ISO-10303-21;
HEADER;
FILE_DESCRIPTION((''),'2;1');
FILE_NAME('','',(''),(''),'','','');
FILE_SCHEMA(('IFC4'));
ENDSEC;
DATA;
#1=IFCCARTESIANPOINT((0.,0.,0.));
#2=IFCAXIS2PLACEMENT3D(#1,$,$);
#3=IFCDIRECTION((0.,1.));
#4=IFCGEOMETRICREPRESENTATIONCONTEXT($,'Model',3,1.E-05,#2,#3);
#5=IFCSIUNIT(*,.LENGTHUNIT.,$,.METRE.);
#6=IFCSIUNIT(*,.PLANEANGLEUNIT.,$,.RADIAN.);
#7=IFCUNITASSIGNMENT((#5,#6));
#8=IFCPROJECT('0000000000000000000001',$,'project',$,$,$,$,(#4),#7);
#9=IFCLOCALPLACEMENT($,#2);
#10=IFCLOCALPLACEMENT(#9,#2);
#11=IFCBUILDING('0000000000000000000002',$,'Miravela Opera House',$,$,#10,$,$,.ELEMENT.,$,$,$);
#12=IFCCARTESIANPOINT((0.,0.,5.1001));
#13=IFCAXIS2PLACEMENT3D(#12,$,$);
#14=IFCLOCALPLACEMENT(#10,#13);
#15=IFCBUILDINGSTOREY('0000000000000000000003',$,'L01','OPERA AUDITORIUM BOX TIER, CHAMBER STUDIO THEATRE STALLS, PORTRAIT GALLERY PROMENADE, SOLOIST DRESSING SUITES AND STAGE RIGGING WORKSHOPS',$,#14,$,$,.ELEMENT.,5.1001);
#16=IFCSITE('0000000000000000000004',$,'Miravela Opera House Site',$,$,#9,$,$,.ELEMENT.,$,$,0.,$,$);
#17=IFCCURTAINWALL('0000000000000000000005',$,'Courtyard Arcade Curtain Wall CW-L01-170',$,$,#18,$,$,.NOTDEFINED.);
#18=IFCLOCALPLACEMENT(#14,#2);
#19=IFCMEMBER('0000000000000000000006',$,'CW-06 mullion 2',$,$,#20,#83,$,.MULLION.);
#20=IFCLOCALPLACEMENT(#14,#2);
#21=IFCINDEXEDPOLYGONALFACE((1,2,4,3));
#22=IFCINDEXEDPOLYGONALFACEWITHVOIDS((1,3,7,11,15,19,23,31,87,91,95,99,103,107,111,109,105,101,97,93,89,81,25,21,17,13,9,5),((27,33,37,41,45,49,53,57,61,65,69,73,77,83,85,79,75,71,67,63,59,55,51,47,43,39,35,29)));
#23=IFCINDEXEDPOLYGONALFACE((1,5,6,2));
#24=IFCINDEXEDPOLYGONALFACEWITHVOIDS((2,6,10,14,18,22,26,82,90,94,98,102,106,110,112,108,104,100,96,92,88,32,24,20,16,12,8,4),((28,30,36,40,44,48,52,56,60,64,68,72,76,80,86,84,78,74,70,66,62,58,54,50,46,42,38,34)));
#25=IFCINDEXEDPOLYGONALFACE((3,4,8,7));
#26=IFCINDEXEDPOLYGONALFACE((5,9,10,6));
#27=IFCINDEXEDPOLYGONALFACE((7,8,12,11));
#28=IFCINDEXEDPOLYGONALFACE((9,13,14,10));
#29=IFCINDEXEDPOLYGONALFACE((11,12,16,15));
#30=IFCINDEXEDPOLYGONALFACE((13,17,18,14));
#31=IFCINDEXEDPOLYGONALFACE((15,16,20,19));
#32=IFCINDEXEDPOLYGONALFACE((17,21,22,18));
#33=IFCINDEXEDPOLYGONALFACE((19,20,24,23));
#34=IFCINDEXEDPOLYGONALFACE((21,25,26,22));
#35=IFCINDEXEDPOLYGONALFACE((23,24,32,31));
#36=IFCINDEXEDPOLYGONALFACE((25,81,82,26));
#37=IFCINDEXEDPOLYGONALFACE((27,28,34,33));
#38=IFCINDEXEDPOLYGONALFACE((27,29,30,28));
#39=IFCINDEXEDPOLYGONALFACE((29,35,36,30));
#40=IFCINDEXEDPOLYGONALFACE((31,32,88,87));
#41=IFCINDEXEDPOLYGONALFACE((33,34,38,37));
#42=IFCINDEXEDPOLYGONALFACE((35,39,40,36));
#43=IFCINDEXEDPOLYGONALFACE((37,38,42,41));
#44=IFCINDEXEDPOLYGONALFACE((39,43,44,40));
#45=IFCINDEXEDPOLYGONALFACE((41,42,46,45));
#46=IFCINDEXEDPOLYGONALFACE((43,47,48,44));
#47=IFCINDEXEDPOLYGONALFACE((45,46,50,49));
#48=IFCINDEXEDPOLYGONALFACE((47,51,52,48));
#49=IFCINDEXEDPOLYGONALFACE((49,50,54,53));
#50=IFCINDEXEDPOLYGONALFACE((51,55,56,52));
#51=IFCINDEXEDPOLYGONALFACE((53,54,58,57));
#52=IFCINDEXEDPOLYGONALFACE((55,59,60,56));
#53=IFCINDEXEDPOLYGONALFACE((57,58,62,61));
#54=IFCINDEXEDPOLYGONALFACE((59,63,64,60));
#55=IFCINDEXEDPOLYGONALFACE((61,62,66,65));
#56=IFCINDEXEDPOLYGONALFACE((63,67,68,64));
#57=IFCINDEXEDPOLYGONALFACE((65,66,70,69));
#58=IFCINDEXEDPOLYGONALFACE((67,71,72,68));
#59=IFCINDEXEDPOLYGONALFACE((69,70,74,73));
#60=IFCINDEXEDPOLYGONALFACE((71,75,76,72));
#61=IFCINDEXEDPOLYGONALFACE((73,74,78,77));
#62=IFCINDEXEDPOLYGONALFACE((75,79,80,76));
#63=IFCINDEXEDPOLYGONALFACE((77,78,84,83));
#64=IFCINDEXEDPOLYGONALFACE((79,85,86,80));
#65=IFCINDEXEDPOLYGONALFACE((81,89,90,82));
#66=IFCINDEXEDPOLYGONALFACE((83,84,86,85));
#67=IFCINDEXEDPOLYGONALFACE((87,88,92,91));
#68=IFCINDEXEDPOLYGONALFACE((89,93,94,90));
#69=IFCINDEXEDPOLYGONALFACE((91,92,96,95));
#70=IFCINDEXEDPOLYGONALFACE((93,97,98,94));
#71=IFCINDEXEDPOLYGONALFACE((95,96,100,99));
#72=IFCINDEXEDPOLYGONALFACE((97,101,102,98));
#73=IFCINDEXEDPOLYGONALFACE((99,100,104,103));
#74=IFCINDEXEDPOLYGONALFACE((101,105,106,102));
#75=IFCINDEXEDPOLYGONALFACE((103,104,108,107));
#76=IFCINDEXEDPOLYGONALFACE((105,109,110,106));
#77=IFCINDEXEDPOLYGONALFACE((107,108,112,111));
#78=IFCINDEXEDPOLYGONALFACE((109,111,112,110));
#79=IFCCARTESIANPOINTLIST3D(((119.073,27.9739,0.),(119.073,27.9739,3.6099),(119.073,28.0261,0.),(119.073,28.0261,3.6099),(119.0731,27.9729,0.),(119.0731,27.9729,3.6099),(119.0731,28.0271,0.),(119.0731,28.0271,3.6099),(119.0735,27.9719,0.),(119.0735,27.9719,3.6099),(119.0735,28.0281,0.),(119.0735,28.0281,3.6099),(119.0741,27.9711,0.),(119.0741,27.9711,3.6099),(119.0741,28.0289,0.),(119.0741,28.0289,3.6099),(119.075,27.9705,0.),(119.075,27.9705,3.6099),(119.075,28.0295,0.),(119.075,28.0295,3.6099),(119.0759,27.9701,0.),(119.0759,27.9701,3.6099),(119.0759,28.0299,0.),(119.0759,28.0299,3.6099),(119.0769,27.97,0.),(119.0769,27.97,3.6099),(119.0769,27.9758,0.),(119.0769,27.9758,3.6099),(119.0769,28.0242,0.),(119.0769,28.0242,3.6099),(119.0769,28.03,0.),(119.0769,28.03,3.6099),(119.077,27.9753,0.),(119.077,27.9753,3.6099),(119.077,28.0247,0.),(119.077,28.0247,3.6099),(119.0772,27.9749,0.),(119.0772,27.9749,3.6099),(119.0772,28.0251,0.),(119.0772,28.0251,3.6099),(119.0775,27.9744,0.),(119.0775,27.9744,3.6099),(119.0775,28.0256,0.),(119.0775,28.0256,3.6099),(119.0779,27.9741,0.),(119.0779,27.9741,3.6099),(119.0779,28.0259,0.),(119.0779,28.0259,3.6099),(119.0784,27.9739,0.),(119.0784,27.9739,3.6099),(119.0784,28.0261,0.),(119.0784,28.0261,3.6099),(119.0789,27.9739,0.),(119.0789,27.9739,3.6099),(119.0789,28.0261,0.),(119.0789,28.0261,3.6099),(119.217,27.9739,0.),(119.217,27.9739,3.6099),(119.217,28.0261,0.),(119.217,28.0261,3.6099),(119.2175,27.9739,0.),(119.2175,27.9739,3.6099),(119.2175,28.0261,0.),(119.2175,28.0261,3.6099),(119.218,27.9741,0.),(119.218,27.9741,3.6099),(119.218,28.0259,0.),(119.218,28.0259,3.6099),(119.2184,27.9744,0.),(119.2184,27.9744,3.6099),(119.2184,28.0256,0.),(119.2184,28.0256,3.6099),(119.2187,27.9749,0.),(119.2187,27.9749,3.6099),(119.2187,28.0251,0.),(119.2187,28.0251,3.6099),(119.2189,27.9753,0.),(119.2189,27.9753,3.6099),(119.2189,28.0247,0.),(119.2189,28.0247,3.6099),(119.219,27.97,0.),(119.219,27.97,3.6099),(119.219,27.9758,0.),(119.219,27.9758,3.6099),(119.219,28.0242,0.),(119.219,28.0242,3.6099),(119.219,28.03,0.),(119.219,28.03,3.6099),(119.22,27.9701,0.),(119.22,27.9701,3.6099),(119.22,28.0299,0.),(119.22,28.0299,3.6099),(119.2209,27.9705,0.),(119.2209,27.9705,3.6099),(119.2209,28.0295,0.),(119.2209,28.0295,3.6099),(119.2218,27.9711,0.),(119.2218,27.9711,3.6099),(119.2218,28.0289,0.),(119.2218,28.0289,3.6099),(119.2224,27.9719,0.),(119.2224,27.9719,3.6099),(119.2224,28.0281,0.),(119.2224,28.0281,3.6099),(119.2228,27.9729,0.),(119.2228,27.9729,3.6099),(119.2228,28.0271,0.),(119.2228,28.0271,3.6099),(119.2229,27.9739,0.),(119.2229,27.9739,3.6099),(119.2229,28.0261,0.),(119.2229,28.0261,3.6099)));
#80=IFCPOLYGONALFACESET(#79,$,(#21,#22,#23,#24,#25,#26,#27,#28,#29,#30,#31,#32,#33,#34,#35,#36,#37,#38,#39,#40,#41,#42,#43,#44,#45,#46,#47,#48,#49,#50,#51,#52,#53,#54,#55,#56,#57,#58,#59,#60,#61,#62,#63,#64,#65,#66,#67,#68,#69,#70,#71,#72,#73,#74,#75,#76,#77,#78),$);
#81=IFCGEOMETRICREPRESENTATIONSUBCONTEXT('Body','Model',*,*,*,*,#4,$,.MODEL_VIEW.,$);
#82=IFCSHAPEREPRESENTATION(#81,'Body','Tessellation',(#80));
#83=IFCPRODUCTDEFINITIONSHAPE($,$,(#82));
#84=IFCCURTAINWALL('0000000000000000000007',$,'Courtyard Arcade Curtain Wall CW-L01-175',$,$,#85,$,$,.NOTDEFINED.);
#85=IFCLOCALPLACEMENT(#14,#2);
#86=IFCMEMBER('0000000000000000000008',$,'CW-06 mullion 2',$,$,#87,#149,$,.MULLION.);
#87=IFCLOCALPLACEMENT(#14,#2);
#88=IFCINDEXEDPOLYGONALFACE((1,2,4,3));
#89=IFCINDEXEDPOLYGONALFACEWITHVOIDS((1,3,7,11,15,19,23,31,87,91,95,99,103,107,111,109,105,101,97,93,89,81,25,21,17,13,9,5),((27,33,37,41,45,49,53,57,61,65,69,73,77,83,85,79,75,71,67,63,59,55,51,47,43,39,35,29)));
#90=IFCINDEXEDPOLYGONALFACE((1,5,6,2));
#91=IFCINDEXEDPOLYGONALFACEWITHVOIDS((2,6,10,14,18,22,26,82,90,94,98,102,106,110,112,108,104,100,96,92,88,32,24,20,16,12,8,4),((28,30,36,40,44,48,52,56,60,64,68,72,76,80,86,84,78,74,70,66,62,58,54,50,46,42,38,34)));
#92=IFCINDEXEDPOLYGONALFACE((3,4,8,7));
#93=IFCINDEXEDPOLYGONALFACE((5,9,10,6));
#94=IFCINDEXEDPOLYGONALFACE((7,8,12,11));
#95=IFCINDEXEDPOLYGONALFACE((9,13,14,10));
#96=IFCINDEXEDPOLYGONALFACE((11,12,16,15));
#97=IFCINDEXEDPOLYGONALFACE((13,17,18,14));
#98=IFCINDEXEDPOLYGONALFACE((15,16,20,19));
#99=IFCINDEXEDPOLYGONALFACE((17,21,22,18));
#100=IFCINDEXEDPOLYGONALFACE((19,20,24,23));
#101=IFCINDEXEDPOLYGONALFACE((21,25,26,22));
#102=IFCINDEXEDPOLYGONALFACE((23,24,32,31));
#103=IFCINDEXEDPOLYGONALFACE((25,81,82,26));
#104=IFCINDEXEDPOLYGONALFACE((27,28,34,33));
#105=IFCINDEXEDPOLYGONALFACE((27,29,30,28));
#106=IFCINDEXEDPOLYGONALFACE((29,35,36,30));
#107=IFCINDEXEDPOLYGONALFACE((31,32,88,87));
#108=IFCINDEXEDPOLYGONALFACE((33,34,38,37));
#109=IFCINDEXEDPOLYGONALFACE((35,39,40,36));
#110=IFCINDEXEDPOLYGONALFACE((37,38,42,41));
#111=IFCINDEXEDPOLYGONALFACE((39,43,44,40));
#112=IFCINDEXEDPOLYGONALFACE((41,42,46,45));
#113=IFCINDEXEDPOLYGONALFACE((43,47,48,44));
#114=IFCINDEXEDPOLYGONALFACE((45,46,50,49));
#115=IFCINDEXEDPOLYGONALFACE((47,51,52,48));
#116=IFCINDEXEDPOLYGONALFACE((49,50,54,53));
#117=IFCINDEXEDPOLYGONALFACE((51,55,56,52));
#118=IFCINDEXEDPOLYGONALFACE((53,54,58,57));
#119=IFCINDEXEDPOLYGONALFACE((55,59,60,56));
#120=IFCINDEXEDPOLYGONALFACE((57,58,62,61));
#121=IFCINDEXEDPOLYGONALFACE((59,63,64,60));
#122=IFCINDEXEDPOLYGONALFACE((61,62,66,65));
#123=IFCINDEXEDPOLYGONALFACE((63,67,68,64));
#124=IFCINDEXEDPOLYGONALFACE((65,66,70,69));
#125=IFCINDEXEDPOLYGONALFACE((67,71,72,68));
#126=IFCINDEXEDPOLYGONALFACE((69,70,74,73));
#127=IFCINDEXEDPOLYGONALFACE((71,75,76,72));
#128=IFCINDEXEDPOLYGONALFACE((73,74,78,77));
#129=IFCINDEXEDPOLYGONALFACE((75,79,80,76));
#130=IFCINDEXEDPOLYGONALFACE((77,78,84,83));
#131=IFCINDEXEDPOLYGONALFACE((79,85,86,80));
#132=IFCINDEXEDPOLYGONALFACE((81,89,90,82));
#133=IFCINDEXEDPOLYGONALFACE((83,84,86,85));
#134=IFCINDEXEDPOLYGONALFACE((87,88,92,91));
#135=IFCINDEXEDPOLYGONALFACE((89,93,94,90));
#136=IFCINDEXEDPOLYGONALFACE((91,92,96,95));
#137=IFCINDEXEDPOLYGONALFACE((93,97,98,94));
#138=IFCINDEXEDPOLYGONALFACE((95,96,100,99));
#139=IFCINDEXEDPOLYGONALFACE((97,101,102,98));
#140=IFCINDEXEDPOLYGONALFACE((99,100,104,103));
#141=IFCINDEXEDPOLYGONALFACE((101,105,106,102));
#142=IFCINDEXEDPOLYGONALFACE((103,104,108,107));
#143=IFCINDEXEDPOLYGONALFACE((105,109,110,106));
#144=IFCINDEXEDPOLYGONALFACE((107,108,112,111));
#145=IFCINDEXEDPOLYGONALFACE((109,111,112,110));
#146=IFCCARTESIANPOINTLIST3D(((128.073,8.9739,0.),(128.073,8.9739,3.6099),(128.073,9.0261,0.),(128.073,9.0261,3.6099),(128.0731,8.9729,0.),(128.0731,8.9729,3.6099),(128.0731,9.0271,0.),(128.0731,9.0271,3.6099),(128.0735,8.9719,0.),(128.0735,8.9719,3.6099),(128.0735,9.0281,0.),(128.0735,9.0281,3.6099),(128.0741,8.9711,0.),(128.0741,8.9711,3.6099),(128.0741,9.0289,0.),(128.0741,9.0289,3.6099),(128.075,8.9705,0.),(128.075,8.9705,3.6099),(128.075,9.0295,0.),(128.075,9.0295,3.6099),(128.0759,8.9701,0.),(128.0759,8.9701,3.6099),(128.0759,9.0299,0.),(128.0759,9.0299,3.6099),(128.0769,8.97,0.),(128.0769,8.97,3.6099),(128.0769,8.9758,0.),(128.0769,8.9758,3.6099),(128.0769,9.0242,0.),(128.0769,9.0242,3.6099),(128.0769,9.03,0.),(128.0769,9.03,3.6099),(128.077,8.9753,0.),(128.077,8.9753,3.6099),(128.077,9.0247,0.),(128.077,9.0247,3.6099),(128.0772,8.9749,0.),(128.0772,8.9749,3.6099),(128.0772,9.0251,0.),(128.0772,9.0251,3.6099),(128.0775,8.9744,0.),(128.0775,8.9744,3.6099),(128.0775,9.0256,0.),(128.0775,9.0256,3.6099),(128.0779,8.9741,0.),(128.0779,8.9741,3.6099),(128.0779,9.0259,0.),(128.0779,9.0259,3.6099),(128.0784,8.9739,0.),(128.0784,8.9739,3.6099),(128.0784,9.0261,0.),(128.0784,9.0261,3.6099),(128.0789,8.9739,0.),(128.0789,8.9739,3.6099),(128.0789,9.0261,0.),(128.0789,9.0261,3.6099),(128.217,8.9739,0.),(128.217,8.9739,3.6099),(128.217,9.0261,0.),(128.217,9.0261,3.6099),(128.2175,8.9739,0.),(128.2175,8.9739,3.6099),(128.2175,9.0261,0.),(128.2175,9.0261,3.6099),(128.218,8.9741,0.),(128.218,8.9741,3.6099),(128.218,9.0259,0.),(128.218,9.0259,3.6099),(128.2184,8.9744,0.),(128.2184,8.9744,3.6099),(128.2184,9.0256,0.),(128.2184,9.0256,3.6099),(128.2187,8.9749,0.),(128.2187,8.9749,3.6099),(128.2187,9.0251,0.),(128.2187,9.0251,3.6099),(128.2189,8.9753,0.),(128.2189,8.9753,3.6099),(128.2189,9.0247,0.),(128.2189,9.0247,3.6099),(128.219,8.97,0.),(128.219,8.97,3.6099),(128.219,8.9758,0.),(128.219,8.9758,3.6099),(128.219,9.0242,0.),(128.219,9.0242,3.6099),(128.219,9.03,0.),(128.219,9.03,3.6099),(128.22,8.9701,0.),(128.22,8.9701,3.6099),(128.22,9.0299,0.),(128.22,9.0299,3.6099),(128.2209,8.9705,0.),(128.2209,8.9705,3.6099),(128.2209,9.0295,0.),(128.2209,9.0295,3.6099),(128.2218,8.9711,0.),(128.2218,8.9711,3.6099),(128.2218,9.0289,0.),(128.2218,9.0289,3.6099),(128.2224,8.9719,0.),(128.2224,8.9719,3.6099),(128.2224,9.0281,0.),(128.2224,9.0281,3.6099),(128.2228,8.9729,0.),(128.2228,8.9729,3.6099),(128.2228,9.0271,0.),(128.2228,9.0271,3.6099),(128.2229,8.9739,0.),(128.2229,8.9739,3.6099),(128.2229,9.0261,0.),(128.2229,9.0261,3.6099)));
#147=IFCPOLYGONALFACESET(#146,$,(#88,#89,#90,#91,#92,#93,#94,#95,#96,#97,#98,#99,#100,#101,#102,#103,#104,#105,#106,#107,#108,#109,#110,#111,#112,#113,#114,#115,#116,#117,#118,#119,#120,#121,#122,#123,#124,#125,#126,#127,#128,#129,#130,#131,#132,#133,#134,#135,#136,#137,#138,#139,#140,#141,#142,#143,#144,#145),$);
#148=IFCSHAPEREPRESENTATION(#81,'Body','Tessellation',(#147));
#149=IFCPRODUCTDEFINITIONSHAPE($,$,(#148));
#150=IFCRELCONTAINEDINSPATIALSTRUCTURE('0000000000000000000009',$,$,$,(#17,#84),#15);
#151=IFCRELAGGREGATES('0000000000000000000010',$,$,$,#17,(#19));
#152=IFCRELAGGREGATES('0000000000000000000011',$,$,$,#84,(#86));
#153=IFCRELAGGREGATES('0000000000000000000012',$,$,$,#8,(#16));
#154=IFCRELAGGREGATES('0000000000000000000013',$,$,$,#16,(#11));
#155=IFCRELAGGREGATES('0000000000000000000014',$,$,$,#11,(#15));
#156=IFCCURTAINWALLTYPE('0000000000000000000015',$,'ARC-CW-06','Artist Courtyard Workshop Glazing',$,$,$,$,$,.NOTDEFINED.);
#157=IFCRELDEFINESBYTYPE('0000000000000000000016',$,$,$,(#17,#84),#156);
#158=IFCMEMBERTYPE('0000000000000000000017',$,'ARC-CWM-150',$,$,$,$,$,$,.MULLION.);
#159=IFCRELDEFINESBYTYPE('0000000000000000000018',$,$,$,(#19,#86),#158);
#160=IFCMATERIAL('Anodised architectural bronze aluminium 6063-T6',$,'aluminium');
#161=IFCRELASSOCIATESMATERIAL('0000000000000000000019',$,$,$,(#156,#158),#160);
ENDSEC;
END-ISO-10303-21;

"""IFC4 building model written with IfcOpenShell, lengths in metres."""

from ifc_helpers import new_model, si_unit, direction, frame, origin, origin_2d, place, context, subcontext, project, spatial, hollow_rectangle, extrude, material, material_profile, profile_set, type_object, element, aggregate, save


model = new_model("IFC4")

# Units and contexts
model_context = context("Model", 3, precision=1e-05, world=origin(), true_north=direction((0.0, 1.0)))
body_context = subcontext(model_context, "Body", "Model", "MODEL_VIEW")
ifc_project = project(units=[si_unit("LENGTHUNIT", "METRE"), si_unit("PLANEANGLEUNIT", "RADIAN")], contexts=[model_context])

# Site, building, storey
site_placement = place(None, origin())
site = spatial("IfcSite", under=ifc_project, at=site_placement, Name="Miravela Opera House Site", CompositionType="ELEMENT", RefElevation=0.0)
building_placement = place(site_placement, origin())
building = spatial("IfcBuilding", under=site, at=building_placement, Name="Miravela Opera House", CompositionType="ELEMENT")
storey_placement = place(building_placement, frame((0.0, 0.0, 5.1001)))
storey = spatial("IfcBuildingStorey", under=building, at=storey_placement, Name="L01", Description="OPERA AUDITORIUM BOX TIER, CHAMBER STUDIO THEATRE STALLS, PORTRAIT GALLERY PROMENADE, SOLOIST DRESSING SUITES AND STAGE RIGGING WORKSHOPS", CompositionType="ELEMENT", Elevation=5.1001)

# Curtain wall, member
ifc_material_1 = material(Name="Anodised architectural bronze aluminium 6063-T6", Category="aluminium")
curtain_wall_type = type_object("IfcCurtainWallType", Name="ARC-CW-06", Description="Artist Courtyard Workshop Glazing", PredefinedType="NOTDEFINED", material=ifc_material_1)
curtain_wall_1_placement = place(storey_placement, origin())
curtain_wall_1 = element("IfcCurtainWall", 1, at=curtain_wall_1_placement, inside=storey, type_object=curtain_wall_type, Name="Courtyard Arcade Curtain Wall CW-L01-170", PredefinedType="NOTDEFINED")
ifc_material_profile_1 = material_profile(ifc_material_1, hollow_rectangle(XDim=0.0601, YDim=0.1499, WallThickness=0.0039, InnerFilletRadius=0.002, OuterFilletRadius=0.0039, at=origin_2d()), Name="CWM-60X150")
ifc_profile_set_1 = profile_set([ifc_material_profile_1])
member_type_1 = type_object("IfcMemberType", Name="ARC-CWM-150", PredefinedType="MULLION", material=ifc_profile_set_1)
member_1_placement = place(storey_placement, frame((119.1479, 28.0, 0.0), z_axis=(0.0, 0.0, 1.0), x_axis=(0.0, 1.0, 0.0)))
member_1 = element("IfcMember", 2, at=member_1_placement, type_object=member_type_1, Name="CW-06 mullion 2", PredefinedType="MULLION", context=body_context, shape_type="SweptSolid", body=[
    extrude(hollow_rectangle(XDim=0.0601, YDim=0.1499, WallThickness=0.0039, InnerFilletRadius=0.002, OuterFilletRadius=0.0039, at=origin_2d()), origin(), (0.0, 0.0, 1.0), 3.6099),
])

# Curtain wall, member
curtain_wall_2_placement = place(storey_placement, origin())
curtain_wall_2 = element("IfcCurtainWall", 3, at=curtain_wall_2_placement, inside=storey, type_object=curtain_wall_type, Name="Courtyard Arcade Curtain Wall CW-L01-175", PredefinedType="NOTDEFINED")
member_2_placement = place(storey_placement, frame((128.1479, 9.0, 0.0), z_axis=(0.0, 0.0, 1.0), x_axis=(0.0, 1.0, 0.0)))
member_2 = element("IfcMember", 4, at=member_2_placement, type_object=member_type_1, Name="CW-06 mullion 2", PredefinedType="MULLION", context=body_context, shape_type="SweptSolid", body=[
    extrude(hollow_rectangle(XDim=0.0601, YDim=0.1499, WallThickness=0.0039, InnerFilletRadius=0.002, OuterFilletRadius=0.0039, at=origin_2d()), origin(), (0.0, 0.0, 1.0), 3.6099),
])

aggregate(curtain_wall_1, [member_1])

aggregate(curtain_wall_2, [member_2])

save(model, "model.ifc")
